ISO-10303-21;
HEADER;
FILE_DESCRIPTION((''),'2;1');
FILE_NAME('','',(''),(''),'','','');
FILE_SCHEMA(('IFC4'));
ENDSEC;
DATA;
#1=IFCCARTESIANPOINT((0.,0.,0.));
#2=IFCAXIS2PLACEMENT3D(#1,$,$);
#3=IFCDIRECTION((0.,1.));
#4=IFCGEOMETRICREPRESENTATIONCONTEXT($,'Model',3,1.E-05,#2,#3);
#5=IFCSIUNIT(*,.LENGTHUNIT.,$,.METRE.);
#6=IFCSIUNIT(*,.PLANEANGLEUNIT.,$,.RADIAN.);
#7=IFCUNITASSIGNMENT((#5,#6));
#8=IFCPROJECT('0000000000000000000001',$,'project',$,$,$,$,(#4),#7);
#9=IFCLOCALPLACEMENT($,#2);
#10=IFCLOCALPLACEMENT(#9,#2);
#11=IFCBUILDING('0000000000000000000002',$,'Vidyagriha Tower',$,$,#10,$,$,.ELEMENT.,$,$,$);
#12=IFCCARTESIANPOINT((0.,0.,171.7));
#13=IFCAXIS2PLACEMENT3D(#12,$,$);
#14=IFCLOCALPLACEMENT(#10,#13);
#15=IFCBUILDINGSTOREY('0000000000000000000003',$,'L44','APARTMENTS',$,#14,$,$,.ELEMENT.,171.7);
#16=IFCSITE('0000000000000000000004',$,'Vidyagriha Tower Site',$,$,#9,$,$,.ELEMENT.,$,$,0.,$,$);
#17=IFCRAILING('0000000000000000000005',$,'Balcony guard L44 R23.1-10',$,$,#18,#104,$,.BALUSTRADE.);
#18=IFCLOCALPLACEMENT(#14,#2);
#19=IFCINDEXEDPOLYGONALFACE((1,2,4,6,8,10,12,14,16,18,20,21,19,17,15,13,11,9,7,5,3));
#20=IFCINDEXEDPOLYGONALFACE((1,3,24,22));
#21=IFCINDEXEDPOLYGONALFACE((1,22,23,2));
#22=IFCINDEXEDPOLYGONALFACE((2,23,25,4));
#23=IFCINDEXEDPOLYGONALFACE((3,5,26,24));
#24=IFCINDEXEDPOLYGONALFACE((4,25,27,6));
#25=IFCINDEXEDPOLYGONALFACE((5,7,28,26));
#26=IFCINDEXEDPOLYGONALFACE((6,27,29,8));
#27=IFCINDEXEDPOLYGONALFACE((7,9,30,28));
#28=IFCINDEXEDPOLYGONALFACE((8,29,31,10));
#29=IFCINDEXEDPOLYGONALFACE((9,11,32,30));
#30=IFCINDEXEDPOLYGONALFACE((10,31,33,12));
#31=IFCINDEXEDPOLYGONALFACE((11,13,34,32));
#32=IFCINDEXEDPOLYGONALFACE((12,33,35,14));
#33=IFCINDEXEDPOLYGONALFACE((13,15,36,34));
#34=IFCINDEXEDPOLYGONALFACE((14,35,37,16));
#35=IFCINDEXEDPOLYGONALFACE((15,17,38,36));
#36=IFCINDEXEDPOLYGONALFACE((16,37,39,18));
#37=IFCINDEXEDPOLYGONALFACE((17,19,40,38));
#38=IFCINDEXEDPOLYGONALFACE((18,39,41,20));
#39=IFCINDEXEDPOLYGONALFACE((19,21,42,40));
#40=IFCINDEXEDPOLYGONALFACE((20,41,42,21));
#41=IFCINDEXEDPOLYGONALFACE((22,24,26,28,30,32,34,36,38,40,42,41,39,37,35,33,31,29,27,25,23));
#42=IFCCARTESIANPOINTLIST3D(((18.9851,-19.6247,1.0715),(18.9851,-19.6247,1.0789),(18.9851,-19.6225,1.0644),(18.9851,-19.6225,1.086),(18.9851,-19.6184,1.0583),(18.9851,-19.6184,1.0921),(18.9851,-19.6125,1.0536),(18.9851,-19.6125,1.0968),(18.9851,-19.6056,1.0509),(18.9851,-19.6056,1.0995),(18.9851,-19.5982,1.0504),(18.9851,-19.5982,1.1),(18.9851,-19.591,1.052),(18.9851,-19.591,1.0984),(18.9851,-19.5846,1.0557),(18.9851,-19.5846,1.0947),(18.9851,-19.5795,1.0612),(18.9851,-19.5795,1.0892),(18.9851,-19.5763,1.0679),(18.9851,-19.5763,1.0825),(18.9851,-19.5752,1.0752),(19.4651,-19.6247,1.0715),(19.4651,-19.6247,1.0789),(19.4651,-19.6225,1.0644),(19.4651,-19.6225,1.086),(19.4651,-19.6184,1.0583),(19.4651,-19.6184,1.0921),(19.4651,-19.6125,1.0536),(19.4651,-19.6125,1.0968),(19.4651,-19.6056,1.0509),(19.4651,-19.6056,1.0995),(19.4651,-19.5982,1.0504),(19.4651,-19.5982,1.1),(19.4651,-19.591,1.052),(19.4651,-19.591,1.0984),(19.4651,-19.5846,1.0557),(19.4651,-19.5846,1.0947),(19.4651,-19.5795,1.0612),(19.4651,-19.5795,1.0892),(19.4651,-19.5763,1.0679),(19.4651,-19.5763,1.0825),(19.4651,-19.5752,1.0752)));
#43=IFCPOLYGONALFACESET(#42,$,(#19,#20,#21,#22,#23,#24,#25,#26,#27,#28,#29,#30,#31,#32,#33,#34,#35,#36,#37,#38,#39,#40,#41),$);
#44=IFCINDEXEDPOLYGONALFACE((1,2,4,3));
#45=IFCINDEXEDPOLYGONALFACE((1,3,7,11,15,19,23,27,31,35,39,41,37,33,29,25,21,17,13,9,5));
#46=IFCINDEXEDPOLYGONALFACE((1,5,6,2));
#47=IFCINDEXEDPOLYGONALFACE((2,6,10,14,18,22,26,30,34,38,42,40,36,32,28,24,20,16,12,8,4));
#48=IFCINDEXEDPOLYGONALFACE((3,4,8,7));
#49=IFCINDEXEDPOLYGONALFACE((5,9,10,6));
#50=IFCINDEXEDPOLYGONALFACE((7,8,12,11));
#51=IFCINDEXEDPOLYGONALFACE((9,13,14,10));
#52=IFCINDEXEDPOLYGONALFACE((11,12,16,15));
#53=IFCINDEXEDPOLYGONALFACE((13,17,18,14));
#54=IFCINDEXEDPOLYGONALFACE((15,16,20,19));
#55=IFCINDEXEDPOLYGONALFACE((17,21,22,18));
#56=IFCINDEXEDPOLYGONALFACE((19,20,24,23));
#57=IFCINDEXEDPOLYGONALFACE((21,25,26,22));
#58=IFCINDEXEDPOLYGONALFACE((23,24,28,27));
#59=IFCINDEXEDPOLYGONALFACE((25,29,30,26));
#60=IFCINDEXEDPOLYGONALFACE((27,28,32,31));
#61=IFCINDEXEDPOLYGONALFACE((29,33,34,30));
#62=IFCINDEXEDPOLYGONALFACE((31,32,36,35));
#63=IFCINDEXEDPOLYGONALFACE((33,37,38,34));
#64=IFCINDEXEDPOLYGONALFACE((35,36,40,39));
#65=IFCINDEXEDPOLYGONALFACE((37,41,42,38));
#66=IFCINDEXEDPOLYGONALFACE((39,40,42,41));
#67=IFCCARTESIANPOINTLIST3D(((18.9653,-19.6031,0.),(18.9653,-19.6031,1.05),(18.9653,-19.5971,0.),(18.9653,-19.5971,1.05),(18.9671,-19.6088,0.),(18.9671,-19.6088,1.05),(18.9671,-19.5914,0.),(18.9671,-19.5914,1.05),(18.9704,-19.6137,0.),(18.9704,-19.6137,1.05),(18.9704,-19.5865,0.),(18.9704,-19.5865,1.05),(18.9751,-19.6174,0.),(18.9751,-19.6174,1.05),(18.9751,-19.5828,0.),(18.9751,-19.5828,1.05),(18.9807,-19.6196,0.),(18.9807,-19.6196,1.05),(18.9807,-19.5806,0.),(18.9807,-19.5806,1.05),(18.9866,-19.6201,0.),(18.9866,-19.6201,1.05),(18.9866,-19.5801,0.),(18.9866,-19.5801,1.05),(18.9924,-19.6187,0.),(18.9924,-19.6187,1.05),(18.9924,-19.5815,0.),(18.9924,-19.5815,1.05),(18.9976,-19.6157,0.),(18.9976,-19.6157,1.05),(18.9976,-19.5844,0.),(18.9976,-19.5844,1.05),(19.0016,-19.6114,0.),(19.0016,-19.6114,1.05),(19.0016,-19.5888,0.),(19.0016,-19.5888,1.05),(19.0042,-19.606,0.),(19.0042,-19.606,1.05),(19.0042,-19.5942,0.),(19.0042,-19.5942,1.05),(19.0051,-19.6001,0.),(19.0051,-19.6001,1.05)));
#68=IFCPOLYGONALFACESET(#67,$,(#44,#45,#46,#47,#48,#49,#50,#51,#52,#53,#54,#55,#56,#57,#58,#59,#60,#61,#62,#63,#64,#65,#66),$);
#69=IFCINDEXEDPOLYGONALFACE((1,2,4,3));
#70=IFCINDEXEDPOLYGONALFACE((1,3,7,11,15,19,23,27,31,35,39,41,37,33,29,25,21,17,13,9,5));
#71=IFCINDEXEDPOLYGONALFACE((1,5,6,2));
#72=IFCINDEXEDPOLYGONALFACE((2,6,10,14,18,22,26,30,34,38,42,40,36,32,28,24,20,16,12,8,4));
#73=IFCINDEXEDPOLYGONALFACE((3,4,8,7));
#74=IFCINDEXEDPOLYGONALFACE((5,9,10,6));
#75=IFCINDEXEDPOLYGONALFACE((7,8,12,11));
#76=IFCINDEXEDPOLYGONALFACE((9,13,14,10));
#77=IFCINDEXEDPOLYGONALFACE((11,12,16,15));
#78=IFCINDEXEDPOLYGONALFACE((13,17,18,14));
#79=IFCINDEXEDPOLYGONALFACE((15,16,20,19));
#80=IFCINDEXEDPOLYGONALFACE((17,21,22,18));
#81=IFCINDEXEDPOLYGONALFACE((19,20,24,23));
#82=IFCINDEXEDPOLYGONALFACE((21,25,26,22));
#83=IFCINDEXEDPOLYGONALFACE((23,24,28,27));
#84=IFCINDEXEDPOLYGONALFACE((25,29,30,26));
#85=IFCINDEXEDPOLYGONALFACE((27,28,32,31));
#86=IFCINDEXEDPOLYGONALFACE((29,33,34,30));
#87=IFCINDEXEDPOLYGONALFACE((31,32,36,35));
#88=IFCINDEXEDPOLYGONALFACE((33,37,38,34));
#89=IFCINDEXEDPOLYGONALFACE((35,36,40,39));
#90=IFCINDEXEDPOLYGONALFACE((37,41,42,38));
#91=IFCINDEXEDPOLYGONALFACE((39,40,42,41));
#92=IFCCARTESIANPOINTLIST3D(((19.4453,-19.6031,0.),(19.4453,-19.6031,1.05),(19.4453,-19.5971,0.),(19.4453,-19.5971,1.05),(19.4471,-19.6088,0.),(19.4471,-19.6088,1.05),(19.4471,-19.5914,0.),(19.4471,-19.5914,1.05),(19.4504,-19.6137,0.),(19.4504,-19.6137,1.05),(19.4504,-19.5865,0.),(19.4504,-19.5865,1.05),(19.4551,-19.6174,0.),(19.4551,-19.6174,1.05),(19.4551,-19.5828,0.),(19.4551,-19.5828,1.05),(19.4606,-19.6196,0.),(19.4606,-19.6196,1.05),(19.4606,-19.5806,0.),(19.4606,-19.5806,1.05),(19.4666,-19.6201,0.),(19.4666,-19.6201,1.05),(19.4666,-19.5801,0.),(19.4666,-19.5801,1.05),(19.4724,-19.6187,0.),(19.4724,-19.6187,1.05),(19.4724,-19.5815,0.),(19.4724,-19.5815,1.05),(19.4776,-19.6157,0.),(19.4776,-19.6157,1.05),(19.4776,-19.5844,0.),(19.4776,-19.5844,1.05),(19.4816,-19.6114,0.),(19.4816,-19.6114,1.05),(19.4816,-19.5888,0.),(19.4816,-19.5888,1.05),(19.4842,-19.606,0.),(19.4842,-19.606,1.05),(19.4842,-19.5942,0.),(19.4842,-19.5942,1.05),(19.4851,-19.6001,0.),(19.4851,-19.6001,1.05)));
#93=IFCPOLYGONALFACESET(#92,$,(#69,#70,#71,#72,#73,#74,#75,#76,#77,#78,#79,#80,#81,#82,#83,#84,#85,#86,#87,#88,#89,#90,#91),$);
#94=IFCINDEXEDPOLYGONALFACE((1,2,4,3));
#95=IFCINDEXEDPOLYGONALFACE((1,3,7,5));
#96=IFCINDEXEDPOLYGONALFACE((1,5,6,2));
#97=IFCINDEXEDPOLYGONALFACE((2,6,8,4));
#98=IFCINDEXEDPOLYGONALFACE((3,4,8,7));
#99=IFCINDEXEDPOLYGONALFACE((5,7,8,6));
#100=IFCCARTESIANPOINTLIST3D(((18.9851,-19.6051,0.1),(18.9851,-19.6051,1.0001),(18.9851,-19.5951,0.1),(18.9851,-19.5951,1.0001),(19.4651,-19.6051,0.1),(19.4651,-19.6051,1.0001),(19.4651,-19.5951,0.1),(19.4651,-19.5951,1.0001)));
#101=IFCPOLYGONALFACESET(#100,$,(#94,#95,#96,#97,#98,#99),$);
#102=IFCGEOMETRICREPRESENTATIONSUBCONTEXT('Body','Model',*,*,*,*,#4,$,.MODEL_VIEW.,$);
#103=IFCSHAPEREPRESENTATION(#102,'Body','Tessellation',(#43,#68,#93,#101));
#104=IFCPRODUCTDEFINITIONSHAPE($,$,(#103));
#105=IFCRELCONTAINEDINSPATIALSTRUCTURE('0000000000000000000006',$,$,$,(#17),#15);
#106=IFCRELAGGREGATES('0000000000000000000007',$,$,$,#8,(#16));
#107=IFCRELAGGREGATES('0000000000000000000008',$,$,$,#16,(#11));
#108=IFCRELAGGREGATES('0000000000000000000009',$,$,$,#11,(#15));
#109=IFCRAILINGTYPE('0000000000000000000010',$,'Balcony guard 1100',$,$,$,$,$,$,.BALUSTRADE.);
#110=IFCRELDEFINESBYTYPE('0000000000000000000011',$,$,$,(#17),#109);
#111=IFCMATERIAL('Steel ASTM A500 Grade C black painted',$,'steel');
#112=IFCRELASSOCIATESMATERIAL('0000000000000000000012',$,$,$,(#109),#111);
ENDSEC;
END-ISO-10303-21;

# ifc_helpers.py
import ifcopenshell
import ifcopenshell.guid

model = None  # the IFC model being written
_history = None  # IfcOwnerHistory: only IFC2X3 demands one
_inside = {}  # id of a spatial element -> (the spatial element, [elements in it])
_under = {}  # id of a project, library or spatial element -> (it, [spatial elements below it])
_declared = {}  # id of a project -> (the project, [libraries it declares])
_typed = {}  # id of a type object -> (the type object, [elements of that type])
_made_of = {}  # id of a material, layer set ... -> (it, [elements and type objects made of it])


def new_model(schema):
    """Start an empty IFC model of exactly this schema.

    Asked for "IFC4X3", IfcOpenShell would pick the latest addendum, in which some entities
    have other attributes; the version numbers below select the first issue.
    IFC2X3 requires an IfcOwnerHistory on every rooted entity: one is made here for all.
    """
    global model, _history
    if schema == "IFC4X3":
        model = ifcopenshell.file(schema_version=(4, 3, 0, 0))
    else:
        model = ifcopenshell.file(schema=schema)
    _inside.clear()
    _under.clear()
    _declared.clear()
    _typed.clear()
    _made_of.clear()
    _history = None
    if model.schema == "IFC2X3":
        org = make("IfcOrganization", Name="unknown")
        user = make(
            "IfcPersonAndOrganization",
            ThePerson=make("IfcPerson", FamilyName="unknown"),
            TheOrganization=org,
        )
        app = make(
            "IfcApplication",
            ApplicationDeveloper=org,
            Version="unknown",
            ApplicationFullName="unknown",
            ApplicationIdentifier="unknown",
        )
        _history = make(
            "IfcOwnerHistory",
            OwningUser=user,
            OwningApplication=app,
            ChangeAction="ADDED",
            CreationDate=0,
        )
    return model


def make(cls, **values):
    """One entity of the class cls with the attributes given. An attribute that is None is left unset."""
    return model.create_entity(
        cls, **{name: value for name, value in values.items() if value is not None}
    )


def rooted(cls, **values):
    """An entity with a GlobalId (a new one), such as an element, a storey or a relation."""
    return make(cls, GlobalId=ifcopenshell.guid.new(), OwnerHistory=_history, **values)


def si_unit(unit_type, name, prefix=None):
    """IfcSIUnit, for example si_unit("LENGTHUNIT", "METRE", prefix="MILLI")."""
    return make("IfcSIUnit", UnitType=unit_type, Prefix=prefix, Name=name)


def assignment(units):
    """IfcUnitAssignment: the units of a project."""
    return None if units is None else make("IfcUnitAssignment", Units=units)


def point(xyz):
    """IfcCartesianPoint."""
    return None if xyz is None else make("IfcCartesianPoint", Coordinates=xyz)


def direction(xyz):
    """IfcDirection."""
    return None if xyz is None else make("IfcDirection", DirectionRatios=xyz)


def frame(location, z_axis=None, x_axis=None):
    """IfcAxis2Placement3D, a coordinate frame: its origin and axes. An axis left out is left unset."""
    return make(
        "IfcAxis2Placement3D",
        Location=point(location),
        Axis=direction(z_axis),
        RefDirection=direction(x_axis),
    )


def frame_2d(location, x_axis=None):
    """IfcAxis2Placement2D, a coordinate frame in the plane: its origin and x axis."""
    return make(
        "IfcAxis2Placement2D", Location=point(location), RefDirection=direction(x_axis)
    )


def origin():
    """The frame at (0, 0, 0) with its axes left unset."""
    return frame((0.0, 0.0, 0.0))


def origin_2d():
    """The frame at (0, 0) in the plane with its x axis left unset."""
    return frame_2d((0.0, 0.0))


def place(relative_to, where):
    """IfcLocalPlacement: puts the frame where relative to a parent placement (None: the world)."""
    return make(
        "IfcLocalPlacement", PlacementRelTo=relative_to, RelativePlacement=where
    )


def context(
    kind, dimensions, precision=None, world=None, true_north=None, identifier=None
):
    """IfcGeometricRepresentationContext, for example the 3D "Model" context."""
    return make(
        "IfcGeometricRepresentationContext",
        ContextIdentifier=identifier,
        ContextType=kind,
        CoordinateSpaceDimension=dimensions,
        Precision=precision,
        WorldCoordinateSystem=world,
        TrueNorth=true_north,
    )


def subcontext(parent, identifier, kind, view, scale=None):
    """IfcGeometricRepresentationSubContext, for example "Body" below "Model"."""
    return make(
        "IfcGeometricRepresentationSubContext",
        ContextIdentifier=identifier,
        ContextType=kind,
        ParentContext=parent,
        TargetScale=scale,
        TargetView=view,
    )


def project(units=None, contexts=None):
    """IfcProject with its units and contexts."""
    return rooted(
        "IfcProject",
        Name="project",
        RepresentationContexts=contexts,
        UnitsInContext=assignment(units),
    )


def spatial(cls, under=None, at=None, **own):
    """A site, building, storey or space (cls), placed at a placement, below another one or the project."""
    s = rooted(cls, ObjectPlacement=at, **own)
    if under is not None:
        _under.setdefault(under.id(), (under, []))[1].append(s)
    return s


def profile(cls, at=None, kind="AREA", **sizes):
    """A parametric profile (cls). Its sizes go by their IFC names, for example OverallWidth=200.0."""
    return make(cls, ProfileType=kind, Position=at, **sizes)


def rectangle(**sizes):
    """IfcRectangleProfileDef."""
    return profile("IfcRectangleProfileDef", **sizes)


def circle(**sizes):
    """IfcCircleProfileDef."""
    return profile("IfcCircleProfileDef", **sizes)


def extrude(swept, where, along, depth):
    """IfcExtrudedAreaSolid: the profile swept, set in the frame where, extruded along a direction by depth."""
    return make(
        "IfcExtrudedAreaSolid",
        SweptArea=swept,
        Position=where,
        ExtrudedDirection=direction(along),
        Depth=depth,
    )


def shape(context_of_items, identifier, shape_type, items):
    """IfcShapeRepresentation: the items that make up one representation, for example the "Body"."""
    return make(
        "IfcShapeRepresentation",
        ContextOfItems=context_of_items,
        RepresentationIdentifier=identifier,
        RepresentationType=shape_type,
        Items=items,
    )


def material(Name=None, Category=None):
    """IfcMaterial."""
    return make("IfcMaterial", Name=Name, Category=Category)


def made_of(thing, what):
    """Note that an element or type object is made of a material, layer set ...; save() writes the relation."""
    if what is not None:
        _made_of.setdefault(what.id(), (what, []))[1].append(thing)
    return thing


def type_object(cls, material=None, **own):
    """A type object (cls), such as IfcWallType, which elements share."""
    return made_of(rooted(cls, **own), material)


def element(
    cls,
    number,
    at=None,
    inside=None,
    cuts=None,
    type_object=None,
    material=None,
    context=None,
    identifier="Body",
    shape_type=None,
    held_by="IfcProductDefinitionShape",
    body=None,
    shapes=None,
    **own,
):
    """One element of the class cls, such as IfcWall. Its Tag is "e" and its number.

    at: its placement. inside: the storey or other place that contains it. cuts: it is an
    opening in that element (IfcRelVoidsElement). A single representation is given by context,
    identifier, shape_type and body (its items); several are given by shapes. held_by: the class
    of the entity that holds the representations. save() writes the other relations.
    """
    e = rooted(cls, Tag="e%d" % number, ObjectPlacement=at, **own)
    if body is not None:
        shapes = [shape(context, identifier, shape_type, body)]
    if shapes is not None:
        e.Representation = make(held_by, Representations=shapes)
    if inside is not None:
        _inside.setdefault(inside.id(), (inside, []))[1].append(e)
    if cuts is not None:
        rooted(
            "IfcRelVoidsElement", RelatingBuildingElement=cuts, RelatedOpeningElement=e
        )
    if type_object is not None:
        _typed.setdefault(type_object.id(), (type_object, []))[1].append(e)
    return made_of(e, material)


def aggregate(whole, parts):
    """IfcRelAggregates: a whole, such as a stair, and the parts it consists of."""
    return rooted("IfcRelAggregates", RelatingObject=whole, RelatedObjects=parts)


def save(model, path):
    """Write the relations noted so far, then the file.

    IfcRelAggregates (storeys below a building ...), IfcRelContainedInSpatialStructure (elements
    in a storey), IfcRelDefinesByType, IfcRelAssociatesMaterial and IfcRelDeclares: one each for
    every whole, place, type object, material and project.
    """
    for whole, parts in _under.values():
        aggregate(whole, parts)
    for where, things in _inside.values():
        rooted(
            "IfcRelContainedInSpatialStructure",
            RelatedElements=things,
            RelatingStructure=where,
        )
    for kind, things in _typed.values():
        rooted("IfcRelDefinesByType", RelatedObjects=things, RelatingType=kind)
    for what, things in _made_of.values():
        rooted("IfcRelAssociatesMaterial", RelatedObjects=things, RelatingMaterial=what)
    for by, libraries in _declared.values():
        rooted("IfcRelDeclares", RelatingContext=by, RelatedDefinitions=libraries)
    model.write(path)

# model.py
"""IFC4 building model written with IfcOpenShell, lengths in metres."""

from ifc_helpers import new_model, si_unit, direction, frame, origin, origin_2d, place, context, subcontext, project, spatial, rectangle, circle, extrude, material, type_object, element, save


model = new_model("IFC4")

# Units and contexts
model_context = context("Model", 3, precision=1e-05, world=origin(), true_north=direction((0.0, 1.0)))
body_context = subcontext(model_context, "Body", "Model", "MODEL_VIEW")
ifc_project = project(units=[si_unit("LENGTHUNIT", "METRE"), si_unit("PLANEANGLEUNIT", "RADIAN")], contexts=[model_context])

# Site, building, storey
site_placement = place(None, origin())
site = spatial("IfcSite", under=ifc_project, at=site_placement, Name="Vidyagriha Tower Site", CompositionType="ELEMENT", RefElevation=0.0)
building_placement = place(site_placement, origin())
building = spatial("IfcBuilding", under=site, at=building_placement, Name="Vidyagriha Tower", CompositionType="ELEMENT")
storey_placement = place(building_placement, frame((0.0, 0.0, 171.7)))
storey = spatial("IfcBuildingStorey", under=building, at=storey_placement, Name="L44", Description="APARTMENTS", CompositionType="ELEMENT", Elevation=171.7)

# Railing
ifc_material_1 = material(Name="Steel ASTM A500 Grade C black painted", Category="steel")
railing_type = type_object("IfcRailingType", Name="Balcony guard 1100", PredefinedType="BALUSTRADE", material=ifc_material_1)
railing_1_placement = place(storey_placement, frame((18.9851, -19.6001, 0.0)))
element("IfcRailing", 1, at=railing_1_placement, inside=storey, type_object=railing_type, Name="Balcony guard L44 R23.1-10", PredefinedType="BALUSTRADE", context=body_context, shape_type="SweptSolid", body=[
    extrude(circle(Radius=0.0249, at=origin_2d()), frame((0.0, 0.0, 1.0752), z_axis=(1.0, 0.0, 0.0), x_axis=(0.0, 1.0, 0.0)), (0.0, 0.0, 1.0), 0.48),
    extrude(circle(Radius=0.02, at=origin_2d()), origin(), (0.0, 0.0, 1.0), 1.05),
    extrude(circle(Radius=0.02, at=origin_2d()), frame((0.48, 0.0, 0.0)), (0.0, 0.0, 1.0), 1.05),
    extrude(rectangle(XDim=0.01, YDim=0.9001, at=origin_2d()), frame((0.0, 0.0, 0.55), z_axis=(1.0, 0.0, 0.0), x_axis=(0.0, 1.0, 0.0)), (0.0, 0.0, 1.0), 0.48),
])

save(model, "model.ifc")
